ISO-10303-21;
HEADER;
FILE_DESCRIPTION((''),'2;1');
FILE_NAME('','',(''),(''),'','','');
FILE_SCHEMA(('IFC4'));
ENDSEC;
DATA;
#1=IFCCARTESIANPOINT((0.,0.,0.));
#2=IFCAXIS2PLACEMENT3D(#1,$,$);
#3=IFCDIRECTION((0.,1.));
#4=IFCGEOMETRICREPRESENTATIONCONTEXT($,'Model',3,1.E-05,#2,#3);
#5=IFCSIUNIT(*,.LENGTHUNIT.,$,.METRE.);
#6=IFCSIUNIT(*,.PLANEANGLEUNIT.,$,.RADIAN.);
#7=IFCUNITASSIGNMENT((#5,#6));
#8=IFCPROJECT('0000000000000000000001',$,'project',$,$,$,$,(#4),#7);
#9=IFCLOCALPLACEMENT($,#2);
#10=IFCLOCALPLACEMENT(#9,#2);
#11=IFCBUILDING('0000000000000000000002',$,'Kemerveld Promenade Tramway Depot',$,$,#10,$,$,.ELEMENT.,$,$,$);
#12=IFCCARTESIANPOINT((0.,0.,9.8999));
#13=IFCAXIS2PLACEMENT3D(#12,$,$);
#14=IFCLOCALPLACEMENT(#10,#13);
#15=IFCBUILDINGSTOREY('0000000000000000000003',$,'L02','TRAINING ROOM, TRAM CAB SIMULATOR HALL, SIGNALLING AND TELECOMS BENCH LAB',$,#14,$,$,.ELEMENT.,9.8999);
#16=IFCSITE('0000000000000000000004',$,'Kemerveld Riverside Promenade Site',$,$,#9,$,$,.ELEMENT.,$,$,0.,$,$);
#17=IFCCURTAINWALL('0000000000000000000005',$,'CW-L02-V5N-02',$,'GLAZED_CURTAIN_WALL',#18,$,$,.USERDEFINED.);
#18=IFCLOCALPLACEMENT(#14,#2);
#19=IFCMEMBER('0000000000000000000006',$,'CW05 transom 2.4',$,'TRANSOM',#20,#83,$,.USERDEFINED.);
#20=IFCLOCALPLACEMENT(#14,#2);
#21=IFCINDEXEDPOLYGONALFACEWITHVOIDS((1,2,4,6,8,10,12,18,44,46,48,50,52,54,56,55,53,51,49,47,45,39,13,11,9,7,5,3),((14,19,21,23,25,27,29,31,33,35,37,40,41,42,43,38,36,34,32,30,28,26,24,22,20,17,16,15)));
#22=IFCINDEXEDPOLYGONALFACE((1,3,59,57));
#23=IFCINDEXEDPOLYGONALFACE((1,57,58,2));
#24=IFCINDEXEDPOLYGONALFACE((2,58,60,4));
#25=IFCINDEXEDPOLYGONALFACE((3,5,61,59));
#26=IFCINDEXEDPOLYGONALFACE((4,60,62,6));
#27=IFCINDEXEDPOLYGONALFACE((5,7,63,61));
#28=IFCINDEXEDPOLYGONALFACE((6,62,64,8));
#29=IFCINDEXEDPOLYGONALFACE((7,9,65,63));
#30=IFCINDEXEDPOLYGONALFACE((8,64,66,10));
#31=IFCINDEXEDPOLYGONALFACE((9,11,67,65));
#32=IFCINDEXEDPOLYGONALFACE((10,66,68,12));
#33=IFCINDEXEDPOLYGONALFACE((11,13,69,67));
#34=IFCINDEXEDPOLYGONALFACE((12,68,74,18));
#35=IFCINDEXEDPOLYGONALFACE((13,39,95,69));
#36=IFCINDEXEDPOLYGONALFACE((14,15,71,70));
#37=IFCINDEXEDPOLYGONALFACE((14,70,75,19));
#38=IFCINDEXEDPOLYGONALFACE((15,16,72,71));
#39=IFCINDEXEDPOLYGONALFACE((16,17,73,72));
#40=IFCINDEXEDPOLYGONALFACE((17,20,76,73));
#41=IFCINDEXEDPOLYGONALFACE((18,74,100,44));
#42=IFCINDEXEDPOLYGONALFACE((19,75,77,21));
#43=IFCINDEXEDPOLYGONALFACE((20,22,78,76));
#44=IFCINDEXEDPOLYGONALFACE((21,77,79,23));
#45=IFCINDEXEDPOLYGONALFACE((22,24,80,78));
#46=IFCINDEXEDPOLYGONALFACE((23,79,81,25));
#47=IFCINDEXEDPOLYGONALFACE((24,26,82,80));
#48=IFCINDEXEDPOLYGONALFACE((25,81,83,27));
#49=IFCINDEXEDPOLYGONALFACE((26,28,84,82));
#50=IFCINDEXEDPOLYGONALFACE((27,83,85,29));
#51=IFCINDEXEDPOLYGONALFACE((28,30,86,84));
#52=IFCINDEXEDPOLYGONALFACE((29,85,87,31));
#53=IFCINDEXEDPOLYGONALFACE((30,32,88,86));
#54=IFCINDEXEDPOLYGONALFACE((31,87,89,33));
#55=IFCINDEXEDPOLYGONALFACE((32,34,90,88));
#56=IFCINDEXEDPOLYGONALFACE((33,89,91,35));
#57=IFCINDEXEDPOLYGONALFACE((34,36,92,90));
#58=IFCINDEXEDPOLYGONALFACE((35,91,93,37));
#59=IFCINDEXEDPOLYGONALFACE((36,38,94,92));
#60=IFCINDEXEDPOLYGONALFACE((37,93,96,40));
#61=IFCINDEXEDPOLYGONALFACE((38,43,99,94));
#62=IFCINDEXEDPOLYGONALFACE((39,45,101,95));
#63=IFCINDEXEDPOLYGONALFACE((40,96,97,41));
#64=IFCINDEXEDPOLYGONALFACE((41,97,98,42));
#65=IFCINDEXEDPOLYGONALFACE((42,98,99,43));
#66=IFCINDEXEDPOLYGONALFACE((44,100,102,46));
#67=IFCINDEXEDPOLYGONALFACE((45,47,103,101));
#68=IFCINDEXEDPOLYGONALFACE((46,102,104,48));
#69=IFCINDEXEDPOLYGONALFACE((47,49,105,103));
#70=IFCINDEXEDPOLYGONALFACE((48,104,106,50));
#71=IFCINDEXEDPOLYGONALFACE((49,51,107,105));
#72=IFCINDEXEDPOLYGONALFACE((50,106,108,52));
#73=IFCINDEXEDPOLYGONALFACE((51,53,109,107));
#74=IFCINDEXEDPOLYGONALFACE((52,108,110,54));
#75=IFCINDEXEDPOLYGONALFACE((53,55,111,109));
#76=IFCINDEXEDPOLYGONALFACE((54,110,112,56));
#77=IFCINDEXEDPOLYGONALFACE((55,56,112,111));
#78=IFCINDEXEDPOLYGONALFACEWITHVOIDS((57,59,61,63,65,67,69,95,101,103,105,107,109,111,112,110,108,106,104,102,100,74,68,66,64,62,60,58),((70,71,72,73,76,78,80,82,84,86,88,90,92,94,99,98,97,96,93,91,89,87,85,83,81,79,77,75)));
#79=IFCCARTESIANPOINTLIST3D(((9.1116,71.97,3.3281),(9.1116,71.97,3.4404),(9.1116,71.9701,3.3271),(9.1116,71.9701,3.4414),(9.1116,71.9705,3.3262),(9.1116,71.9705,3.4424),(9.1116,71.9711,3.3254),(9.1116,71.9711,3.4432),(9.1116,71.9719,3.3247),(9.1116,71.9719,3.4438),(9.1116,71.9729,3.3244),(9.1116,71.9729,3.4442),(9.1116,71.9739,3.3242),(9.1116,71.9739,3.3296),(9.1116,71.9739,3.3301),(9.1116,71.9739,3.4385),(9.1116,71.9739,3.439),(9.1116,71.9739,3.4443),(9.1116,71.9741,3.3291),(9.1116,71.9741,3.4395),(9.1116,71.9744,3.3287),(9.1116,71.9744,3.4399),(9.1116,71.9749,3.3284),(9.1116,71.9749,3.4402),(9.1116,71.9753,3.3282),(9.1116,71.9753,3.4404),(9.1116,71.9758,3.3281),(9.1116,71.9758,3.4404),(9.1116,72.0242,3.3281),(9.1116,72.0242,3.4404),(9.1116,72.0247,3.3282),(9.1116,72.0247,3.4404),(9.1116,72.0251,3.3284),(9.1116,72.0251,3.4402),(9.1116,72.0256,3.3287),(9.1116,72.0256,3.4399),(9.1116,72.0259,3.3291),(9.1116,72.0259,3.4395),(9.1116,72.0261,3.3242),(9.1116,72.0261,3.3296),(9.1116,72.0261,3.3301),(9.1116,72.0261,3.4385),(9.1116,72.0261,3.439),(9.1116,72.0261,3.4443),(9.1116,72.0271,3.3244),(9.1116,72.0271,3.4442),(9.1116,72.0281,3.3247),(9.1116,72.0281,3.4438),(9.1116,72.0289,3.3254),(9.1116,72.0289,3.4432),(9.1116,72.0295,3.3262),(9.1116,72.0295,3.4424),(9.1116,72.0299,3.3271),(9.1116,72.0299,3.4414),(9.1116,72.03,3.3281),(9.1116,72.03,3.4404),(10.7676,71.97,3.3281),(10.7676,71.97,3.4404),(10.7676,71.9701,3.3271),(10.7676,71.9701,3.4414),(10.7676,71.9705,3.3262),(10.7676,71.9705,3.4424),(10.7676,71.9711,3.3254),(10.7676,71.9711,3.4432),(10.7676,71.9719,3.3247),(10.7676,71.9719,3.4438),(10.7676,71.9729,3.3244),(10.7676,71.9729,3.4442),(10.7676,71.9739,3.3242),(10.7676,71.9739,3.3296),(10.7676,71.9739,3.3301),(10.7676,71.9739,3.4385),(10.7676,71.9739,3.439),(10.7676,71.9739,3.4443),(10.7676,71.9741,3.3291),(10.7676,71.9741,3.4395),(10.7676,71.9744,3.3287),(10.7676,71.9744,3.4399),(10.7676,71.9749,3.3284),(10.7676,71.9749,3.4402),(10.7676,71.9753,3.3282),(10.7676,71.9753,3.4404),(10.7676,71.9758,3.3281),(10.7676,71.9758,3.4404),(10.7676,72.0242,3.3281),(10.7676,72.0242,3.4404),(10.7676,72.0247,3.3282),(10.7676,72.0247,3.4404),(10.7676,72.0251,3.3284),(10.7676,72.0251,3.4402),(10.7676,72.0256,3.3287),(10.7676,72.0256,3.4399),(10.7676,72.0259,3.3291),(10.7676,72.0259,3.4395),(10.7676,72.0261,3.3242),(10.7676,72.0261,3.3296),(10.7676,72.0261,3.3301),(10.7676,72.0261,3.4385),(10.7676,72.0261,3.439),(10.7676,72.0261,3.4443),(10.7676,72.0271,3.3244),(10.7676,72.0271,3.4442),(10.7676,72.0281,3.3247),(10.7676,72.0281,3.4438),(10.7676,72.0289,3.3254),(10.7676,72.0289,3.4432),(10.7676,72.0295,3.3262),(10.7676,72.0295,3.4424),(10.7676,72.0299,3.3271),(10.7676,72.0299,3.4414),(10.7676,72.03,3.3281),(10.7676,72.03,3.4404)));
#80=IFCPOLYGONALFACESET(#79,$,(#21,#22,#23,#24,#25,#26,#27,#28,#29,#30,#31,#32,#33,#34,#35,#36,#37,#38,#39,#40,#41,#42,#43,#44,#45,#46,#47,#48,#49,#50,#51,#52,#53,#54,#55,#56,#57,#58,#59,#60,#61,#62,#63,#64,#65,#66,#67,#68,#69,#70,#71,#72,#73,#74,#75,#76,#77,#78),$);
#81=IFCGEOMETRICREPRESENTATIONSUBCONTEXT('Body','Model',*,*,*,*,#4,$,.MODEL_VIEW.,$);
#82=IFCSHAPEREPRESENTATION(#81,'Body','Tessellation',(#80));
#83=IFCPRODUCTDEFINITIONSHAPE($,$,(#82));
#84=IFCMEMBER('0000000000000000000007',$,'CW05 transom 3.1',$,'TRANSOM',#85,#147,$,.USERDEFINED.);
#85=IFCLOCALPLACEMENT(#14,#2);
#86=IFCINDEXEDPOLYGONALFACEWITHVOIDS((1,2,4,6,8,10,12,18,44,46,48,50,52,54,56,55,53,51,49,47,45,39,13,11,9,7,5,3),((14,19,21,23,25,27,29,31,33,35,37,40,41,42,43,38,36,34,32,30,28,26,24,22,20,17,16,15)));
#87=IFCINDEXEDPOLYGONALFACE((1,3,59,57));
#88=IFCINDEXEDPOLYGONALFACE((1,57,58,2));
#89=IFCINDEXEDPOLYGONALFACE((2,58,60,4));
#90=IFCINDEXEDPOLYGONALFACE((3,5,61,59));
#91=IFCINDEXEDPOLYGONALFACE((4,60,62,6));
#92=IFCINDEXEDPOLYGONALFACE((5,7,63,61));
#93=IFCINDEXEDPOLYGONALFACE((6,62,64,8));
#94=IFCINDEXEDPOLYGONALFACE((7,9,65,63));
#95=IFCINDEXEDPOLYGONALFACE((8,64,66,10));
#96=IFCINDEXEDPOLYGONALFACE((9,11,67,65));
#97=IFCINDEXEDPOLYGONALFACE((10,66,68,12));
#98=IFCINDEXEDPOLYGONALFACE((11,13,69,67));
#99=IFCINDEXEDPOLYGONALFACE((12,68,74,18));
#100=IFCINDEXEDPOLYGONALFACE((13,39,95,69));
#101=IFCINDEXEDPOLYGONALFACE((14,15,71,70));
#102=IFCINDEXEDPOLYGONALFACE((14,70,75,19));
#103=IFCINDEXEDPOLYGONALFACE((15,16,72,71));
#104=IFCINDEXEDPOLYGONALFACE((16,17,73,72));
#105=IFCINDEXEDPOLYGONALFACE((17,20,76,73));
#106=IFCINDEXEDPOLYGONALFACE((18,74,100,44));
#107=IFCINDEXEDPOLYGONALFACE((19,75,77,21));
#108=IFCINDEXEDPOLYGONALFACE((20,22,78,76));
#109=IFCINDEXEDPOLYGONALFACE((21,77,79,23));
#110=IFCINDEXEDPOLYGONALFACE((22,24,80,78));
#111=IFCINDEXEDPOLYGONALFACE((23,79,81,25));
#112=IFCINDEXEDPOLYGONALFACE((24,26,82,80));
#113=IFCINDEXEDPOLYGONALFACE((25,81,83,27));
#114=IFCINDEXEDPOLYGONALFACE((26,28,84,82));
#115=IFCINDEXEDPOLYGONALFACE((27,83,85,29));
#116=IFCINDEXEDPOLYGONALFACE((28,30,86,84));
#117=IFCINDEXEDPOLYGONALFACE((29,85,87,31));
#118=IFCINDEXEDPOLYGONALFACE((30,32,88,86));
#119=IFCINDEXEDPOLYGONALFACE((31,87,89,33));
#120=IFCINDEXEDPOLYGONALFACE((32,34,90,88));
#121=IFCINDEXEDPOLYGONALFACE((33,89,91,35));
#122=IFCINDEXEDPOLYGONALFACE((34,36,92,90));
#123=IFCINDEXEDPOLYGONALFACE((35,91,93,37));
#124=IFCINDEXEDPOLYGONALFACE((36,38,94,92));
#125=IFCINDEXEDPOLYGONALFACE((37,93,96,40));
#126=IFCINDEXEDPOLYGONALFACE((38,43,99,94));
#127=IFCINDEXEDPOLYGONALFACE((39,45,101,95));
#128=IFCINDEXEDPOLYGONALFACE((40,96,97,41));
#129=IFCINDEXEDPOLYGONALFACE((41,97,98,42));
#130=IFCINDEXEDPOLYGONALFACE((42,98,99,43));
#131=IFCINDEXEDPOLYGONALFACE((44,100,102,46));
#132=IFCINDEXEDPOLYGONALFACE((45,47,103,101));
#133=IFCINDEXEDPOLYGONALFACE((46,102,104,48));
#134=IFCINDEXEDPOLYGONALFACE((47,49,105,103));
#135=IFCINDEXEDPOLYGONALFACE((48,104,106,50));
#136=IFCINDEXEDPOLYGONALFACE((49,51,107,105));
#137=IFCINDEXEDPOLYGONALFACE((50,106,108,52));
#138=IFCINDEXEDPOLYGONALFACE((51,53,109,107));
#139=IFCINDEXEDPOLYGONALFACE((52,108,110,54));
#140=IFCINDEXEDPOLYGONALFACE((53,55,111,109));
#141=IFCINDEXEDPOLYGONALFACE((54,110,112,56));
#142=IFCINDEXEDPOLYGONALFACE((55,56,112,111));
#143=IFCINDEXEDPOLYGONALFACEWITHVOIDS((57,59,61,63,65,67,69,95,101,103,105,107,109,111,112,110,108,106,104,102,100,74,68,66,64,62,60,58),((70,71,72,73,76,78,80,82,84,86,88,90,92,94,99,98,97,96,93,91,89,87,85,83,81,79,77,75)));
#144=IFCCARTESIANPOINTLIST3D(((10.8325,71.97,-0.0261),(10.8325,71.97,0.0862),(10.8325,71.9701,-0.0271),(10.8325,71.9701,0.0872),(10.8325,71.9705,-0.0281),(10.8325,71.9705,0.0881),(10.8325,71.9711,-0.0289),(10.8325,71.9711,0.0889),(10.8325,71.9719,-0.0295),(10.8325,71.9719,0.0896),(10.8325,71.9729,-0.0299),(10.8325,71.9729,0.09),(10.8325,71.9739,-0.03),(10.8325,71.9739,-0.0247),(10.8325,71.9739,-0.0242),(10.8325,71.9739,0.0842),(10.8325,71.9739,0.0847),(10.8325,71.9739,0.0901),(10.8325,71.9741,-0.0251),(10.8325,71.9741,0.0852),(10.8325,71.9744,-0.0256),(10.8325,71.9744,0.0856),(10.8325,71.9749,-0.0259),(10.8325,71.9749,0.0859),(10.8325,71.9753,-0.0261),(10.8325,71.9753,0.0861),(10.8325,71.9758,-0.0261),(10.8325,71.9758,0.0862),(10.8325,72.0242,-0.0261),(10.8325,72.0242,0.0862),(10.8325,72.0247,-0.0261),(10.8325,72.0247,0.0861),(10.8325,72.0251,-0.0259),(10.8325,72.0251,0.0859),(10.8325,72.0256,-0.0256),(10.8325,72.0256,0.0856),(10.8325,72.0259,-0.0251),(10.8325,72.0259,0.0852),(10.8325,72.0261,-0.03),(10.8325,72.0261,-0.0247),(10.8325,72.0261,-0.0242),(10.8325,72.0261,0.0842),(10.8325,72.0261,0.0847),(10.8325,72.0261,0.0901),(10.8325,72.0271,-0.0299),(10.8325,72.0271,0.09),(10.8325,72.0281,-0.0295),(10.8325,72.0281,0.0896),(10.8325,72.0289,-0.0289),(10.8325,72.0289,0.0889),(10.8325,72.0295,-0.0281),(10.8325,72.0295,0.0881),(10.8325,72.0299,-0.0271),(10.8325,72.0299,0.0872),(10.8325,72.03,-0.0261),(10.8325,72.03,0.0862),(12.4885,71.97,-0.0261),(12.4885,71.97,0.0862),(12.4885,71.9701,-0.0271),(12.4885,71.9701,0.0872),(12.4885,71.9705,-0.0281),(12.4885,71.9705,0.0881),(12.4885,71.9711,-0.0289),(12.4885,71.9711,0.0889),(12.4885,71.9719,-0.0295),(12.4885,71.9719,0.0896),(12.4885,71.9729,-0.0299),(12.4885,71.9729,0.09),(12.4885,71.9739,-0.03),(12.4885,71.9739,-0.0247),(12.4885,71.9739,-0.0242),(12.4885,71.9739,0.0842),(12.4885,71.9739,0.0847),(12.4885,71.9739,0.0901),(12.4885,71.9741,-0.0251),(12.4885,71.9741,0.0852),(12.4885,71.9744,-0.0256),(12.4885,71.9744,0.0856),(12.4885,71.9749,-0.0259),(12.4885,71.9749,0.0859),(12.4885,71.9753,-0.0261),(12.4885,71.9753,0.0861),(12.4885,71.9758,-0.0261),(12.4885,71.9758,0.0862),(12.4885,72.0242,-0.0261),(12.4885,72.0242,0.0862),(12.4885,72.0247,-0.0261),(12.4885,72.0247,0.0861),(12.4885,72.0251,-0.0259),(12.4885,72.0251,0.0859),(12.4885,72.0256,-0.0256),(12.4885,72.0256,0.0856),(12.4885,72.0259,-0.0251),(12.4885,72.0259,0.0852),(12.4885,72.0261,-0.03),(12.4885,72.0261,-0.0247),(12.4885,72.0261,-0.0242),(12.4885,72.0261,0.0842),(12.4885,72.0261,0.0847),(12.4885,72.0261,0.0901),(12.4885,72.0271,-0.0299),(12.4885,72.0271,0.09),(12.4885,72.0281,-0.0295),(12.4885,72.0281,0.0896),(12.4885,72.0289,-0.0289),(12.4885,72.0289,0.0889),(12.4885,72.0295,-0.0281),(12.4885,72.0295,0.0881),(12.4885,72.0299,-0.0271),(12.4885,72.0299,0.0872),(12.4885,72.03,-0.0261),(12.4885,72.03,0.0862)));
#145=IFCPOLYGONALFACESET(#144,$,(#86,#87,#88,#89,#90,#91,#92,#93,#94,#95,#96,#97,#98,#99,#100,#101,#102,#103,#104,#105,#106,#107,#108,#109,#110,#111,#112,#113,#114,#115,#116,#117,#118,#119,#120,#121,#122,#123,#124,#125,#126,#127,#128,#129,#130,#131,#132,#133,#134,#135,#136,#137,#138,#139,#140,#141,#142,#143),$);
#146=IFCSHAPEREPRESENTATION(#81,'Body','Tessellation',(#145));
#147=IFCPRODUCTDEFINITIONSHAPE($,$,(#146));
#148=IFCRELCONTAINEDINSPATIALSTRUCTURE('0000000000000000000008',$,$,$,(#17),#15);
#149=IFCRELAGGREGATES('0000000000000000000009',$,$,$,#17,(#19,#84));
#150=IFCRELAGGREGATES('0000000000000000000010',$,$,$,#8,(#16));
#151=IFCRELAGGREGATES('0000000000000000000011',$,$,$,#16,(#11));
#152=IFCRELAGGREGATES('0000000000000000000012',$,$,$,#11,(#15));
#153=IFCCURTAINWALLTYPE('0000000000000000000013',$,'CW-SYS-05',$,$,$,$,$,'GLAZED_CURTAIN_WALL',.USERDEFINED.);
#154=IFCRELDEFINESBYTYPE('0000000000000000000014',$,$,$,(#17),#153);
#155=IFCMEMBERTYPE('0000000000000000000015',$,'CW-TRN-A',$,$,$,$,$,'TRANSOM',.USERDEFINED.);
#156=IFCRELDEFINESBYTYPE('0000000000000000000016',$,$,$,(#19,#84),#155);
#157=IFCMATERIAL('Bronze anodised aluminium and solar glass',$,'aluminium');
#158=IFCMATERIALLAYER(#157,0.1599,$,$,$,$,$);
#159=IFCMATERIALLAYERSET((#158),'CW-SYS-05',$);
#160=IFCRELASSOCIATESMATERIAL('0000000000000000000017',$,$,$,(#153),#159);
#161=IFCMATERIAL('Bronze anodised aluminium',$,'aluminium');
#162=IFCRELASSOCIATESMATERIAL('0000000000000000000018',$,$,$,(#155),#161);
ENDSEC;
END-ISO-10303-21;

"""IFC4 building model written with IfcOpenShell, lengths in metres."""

from ifc_helpers import new_model, si_unit, direction, frame, origin, origin_2d, place, context, subcontext, project, spatial, hollow_rectangle, extrude, material, layer, layer_set, material_profile, profile_set, type_object, element, aggregate, save


model = new_model("IFC4")

# Units and contexts
model_context = context("Model", 3, precision=1e-05, world=origin(), true_north=direction((0.0, 1.0)))
body_context = subcontext(model_context, "Body", "Model", "MODEL_VIEW")
ifc_project = project(units=[si_unit("LENGTHUNIT", "METRE"), si_unit("PLANEANGLEUNIT", "RADIAN")], contexts=[model_context])

# Site, building, storey
site_placement = place(None, origin())
site = spatial("IfcSite", under=ifc_project, at=site_placement, Name="Kemerveld Riverside Promenade Site", CompositionType="ELEMENT", RefElevation=0.0)
building_placement = place(site_placement, origin())
building = spatial("IfcBuilding", under=site, at=building_placement, Name="Kemerveld Promenade Tramway Depot", CompositionType="ELEMENT")
storey_placement = place(building_placement, frame((0.0, 0.0, 9.8999)))
storey = spatial("IfcBuildingStorey", under=building, at=storey_placement, Name="L02", Description="TRAINING ROOM, TRAM CAB SIMULATOR HALL, SIGNALLING AND TELECOMS BENCH LAB", CompositionType="ELEMENT", Elevation=9.8999)

# Curtain wall, members
ifc_material_1 = material(Name="Bronze anodised aluminium and solar glass", Category="aluminium")
ifc_layer_1 = layer(ifc_material_1, 0.1599)
ifc_layer_set_1 = layer_set([ifc_layer_1], Name="CW-SYS-05")
curtain_wall_type = type_object("IfcCurtainWallType", Name="CW-SYS-05", ElementType="GLAZED_CURTAIN_WALL", PredefinedType="USERDEFINED", material=ifc_layer_set_1)
curtain_wall_placement = place(storey_placement, origin())
curtain_wall = element("IfcCurtainWall", 1, at=curtain_wall_placement, inside=storey, type_object=curtain_wall_type, Name="CW-L02-V5N-02", ObjectType="GLAZED_CURTAIN_WALL", PredefinedType="USERDEFINED")
ifc_material_2 = material(Name="Bronze anodised aluminium", Category="aluminium")
ifc_material_profile_1 = material_profile(ifc_material_2, hollow_rectangle(XDim=0.0601, YDim=0.1201, WallThickness=0.0039, InnerFilletRadius=0.002, OuterFilletRadius=0.0039, at=origin_2d()), Name="CW-TRN-120x60")
ifc_profile_set_1 = profile_set([ifc_material_profile_1], Name="Bronze anodised aluminium")
member_type_1 = type_object("IfcMemberType", Name="CW-TRN-A", ElementType="TRANSOM", PredefinedType="USERDEFINED", material=ifc_profile_set_1)
member_1_placement = place(storey_placement, frame((9.1116, 72.0, 3.3843), z_axis=(1.0, 0.0, 0.0), x_axis=(0.0, 1.0, 0.0)))
member_1 = element("IfcMember", 2, at=member_1_placement, type_object=member_type_1, Name="CW05 transom 2.4", ObjectType="TRANSOM", PredefinedType="USERDEFINED", context=body_context, shape_type="SweptSolid", body=[
    extrude(hollow_rectangle(XDim=0.0601, YDim=0.1201, WallThickness=0.0039, InnerFilletRadius=0.002, OuterFilletRadius=0.0039, at=origin_2d()), origin(), (0.0, 0.0, 1.0), 1.656),
])
member_2_placement = place(storey_placement, frame((10.8325, 72.0, 0.03), z_axis=(1.0, 0.0, 0.0), x_axis=(0.0, 1.0, 0.0)))
member_2 = element("IfcMember", 3, at=member_2_placement, type_object=member_type_1, Name="CW05 transom 3.1", ObjectType="TRANSOM", PredefinedType="USERDEFINED", context=body_context, shape_type="SweptSolid", body=[
    extrude(hollow_rectangle(XDim=0.0601, YDim=0.1201, WallThickness=0.0039, InnerFilletRadius=0.002, OuterFilletRadius=0.0039, at=origin_2d()), origin(), (0.0, 0.0, 1.0), 1.656),
])
aggregate(curtain_wall, [member_1, member_2])

save(model, "model.ifc")
